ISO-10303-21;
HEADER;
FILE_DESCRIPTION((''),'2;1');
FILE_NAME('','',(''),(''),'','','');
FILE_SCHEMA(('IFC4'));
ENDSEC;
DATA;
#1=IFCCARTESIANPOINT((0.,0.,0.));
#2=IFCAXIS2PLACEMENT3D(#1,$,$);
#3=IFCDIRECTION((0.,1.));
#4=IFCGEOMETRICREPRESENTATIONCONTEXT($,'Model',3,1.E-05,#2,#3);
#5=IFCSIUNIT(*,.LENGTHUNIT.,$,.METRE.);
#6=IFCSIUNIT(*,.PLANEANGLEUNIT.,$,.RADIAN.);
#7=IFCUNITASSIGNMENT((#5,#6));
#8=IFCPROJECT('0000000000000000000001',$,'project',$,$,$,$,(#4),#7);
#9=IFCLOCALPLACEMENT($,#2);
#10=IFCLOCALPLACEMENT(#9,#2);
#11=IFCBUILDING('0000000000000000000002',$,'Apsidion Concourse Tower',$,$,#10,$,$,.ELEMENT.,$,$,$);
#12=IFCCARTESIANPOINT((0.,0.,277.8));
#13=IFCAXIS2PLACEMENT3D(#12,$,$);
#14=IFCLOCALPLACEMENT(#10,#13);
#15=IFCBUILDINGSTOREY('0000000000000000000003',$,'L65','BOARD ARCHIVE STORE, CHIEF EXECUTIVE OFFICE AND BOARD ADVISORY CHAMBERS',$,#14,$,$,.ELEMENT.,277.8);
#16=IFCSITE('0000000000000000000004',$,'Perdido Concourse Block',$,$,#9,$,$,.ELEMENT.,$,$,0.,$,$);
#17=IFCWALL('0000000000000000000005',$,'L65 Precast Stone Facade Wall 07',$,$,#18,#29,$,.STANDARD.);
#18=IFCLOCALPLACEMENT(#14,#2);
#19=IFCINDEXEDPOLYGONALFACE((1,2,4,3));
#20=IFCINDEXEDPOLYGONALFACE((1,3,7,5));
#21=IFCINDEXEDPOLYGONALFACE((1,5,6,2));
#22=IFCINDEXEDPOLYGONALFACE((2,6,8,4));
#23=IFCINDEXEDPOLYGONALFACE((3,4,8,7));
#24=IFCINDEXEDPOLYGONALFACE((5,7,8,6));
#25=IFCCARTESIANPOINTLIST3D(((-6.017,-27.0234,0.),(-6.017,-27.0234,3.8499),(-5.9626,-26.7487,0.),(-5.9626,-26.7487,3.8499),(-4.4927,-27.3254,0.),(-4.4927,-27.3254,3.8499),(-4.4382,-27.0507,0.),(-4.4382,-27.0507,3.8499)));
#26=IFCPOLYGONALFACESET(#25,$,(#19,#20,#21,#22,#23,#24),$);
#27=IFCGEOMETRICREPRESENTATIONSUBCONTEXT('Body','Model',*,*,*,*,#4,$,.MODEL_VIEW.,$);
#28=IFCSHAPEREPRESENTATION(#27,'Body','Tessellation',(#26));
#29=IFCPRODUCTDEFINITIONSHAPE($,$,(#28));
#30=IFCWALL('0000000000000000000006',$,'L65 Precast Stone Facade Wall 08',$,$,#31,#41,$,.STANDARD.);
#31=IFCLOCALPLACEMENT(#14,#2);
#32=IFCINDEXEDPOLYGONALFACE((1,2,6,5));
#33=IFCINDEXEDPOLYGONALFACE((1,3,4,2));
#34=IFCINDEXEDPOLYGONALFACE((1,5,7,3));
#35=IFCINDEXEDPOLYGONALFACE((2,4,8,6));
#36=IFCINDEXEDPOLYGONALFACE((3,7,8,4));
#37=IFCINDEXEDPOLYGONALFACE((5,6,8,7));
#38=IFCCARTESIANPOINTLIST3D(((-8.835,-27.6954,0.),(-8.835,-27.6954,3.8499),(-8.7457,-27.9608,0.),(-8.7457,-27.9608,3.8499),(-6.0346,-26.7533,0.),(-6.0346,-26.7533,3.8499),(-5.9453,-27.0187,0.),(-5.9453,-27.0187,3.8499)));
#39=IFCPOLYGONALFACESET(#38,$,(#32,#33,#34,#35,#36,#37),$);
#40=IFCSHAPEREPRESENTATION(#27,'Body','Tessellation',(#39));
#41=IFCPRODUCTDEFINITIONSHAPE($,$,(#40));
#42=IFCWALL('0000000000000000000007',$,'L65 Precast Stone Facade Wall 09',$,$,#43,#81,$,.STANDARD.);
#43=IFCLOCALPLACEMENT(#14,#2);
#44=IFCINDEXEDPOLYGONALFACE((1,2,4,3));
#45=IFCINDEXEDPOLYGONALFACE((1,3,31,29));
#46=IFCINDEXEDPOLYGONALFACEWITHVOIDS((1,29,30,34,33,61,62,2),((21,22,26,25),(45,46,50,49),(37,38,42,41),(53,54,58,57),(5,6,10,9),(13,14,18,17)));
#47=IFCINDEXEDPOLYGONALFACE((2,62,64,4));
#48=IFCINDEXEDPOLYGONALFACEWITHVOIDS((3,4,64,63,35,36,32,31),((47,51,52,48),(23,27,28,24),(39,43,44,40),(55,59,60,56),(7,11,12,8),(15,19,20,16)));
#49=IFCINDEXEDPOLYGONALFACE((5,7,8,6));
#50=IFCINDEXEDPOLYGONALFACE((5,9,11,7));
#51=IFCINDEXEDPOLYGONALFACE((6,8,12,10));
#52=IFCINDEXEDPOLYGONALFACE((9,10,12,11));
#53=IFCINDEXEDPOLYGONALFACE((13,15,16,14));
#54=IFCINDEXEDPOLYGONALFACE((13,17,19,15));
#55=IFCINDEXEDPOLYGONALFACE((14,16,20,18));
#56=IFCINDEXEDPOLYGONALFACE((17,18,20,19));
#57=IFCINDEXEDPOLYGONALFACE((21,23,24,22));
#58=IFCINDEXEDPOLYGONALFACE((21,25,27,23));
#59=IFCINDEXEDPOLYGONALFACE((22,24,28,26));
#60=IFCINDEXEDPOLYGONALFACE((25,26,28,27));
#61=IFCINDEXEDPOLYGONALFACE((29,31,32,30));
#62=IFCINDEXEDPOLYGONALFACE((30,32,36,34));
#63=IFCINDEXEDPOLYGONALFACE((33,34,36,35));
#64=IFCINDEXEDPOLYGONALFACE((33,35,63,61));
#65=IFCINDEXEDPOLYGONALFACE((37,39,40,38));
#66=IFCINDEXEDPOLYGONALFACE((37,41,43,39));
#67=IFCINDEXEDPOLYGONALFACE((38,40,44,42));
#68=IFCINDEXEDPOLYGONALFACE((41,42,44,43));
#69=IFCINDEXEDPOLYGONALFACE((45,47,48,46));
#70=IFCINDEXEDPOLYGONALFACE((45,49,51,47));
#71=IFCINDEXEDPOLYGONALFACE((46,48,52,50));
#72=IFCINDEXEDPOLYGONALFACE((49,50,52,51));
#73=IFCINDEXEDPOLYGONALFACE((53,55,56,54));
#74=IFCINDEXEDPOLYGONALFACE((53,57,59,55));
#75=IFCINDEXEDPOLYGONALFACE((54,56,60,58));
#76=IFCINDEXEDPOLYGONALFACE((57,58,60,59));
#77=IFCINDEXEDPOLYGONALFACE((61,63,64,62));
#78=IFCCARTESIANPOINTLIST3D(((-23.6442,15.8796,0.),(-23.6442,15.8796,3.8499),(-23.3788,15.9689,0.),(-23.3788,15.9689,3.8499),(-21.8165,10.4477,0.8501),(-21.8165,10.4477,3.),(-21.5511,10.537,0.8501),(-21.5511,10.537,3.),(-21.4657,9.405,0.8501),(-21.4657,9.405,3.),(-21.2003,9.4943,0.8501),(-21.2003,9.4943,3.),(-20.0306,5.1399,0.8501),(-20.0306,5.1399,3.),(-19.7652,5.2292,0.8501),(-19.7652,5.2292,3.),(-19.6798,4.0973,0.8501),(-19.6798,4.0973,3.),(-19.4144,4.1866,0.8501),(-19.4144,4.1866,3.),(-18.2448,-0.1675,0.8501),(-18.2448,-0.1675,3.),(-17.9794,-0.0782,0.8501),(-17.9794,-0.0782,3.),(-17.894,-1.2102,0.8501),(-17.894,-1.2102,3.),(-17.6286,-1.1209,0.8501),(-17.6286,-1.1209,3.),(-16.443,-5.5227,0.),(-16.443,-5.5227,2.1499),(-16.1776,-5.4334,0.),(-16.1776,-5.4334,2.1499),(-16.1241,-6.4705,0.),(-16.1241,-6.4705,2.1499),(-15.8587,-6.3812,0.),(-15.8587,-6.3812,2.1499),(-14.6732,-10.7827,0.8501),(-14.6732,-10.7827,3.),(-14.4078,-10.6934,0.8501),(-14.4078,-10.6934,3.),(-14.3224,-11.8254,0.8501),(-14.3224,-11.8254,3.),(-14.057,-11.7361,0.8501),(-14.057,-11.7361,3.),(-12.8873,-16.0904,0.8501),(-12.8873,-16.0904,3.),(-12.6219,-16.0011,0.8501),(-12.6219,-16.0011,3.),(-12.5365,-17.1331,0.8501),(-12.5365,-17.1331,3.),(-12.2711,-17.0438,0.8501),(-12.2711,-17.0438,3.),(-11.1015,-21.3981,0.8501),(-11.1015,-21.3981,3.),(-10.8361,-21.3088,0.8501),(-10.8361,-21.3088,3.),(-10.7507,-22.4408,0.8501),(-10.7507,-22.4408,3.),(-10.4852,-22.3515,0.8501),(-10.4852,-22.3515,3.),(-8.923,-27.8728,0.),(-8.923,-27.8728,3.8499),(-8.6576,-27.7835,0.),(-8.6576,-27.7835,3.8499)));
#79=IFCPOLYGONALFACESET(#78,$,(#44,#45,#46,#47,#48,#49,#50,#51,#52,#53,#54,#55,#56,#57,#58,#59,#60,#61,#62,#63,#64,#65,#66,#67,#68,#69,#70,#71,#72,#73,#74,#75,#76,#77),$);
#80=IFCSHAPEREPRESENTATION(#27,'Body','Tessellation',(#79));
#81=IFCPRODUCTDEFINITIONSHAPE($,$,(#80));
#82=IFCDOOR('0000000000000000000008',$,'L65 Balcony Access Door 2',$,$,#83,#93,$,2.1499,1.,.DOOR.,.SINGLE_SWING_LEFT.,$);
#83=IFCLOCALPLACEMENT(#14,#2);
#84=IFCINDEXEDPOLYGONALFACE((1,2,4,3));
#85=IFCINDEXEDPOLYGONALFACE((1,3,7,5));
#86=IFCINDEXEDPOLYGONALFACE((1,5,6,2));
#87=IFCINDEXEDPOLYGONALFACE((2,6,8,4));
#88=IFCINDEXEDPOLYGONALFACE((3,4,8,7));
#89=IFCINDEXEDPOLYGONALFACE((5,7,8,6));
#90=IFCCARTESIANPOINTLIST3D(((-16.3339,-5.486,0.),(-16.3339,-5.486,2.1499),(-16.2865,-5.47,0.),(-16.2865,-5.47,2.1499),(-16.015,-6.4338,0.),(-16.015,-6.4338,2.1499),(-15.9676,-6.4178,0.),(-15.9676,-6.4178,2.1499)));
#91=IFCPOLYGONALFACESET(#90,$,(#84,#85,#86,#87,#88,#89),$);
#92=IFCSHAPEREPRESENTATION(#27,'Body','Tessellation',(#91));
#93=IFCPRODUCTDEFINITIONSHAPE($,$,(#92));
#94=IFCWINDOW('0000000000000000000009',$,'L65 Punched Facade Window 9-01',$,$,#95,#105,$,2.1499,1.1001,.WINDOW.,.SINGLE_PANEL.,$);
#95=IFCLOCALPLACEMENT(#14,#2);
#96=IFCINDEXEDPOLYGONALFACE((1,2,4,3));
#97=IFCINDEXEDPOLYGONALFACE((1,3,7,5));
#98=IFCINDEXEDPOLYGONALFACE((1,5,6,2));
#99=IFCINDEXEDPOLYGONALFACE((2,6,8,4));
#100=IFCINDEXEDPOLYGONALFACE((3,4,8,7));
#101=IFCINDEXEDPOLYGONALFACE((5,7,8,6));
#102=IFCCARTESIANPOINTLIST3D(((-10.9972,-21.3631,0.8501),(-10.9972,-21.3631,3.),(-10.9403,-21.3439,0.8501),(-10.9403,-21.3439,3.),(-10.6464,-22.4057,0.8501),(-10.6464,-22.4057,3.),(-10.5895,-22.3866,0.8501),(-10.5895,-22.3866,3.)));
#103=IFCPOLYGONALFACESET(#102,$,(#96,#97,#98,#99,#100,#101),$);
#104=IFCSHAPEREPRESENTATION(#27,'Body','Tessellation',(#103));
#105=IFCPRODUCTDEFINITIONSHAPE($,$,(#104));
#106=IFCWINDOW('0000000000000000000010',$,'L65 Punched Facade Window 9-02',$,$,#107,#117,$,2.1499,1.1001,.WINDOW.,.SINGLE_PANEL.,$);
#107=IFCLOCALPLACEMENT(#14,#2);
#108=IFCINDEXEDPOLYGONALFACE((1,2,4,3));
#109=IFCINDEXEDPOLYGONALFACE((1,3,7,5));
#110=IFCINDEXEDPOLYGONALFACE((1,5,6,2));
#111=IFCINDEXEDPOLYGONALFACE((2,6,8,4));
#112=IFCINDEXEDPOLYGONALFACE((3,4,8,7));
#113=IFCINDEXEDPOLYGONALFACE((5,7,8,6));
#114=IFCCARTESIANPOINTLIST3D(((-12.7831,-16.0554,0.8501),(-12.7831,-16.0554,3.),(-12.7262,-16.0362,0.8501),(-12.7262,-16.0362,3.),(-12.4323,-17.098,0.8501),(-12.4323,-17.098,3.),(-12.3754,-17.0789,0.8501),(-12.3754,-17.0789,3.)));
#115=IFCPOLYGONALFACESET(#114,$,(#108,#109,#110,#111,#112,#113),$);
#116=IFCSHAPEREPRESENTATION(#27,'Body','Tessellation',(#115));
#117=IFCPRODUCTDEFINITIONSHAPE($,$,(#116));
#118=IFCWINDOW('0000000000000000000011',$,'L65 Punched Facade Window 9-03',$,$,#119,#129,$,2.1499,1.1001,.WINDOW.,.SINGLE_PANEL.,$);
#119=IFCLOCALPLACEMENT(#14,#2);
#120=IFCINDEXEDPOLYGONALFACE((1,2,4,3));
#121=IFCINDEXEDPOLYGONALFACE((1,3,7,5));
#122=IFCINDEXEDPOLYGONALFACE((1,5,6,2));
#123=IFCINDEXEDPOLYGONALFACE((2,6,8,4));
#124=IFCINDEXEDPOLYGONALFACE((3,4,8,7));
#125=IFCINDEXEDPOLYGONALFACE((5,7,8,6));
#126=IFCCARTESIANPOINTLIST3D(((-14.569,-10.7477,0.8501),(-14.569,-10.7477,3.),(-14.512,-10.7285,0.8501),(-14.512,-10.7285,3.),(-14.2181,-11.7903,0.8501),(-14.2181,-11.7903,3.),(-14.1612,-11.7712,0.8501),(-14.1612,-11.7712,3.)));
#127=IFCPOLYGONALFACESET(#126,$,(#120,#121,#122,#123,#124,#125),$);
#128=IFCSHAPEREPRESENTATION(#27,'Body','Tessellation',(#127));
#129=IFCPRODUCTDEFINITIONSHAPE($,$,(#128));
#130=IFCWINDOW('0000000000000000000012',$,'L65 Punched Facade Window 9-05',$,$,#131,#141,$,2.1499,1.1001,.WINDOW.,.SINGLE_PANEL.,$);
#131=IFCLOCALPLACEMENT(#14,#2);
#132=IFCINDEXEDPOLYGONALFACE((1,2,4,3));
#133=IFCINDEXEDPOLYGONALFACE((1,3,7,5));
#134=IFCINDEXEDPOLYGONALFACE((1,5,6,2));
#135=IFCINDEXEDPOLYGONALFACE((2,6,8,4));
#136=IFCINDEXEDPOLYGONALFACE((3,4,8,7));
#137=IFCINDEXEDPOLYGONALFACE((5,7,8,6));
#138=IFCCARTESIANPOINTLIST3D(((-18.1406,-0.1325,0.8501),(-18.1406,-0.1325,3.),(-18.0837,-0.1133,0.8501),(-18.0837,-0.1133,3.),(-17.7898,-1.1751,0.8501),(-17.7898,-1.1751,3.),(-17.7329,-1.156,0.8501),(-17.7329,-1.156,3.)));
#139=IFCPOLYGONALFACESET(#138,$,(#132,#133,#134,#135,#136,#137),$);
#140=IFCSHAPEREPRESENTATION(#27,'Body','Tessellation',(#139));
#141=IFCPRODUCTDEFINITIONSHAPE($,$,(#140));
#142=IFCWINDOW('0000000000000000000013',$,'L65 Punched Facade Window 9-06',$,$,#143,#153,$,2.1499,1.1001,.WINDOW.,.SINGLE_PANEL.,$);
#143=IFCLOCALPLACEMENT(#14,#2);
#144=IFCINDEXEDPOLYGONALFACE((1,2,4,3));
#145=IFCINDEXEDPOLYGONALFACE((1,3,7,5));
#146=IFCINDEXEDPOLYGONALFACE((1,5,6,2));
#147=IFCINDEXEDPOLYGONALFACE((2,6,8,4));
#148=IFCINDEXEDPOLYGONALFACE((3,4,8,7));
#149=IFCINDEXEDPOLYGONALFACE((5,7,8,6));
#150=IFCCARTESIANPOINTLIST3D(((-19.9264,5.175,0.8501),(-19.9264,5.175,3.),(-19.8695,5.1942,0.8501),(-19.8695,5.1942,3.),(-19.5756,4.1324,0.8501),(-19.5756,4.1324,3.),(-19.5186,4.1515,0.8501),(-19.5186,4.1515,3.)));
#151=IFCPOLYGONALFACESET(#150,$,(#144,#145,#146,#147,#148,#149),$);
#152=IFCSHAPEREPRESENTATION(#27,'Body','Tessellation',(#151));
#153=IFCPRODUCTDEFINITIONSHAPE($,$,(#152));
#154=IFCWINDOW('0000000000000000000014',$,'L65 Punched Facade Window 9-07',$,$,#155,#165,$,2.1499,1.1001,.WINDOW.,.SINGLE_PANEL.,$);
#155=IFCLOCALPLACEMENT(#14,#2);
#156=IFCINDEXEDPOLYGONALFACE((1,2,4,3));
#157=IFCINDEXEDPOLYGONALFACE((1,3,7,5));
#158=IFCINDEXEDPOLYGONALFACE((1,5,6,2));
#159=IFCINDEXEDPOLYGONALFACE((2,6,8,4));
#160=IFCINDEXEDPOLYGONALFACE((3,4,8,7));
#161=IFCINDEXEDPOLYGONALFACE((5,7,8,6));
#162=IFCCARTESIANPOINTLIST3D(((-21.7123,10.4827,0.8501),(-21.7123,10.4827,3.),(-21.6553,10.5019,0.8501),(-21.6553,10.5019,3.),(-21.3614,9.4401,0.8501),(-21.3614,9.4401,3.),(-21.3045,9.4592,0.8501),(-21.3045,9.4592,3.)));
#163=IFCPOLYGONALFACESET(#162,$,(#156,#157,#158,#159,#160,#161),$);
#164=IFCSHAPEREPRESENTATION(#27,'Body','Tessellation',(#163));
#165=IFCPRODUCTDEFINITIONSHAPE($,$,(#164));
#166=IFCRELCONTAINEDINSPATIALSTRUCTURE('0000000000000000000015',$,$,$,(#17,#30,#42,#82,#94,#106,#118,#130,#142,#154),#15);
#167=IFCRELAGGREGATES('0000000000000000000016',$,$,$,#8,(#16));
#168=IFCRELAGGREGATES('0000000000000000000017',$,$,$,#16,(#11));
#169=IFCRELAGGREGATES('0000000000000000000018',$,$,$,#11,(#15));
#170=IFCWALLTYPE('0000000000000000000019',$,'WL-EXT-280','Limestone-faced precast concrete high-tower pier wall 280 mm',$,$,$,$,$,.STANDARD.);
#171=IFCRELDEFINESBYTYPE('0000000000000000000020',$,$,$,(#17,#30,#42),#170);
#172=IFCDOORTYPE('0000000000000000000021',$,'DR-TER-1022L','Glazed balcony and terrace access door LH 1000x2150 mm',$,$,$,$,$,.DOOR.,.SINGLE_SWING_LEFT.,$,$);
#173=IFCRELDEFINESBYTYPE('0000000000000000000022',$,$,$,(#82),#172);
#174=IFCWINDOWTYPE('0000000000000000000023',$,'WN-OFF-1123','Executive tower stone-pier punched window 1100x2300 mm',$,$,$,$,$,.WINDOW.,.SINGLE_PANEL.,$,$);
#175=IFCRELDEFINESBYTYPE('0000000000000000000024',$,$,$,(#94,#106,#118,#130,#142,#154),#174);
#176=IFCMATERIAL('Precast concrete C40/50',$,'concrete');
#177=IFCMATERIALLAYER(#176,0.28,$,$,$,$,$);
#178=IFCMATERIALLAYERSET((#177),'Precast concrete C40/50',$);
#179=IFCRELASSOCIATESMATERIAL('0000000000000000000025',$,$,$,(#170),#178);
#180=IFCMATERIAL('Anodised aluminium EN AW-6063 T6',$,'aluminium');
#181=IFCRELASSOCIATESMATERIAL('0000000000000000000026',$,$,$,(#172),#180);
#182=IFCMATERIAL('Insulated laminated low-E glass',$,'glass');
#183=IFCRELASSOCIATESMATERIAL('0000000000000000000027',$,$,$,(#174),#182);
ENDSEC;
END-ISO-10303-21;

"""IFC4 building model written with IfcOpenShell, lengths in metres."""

from ifc_helpers import new_model, si_unit, direction, frame, frame_2d, origin, place, context, subcontext, project, spatial, rectangle, extrude, material, layer, layer_set, type_object, element, fill, save


model = new_model("IFC4")

# Units and contexts
model_context = context("Model", 3, precision=1e-05, world=origin(), true_north=direction((0.0, 1.0)))
body_context = subcontext(model_context, "Body", "Model", "MODEL_VIEW")
ifc_project = project(units=[si_unit("LENGTHUNIT", "METRE"), si_unit("PLANEANGLEUNIT", "RADIAN")], contexts=[model_context])

# Site, building, storey
site_placement = place(None, origin())
site = spatial("IfcSite", under=ifc_project, at=site_placement, Name="Perdido Concourse Block", CompositionType="ELEMENT", RefElevation=0.0)
building_placement = place(site_placement, origin())
building = spatial("IfcBuilding", under=site, at=building_placement, Name="Apsidion Concourse Tower", CompositionType="ELEMENT")
storey_placement = place(building_placement, frame((0.0, 0.0, 277.8)))
storey = spatial("IfcBuildingStorey", under=building, at=storey_placement, Name="L65", Description="BOARD ARCHIVE STORE, CHIEF EXECUTIVE OFFICE AND BOARD ADVISORY CHAMBERS", CompositionType="ELEMENT", Elevation=277.8)

# Walls
ifc_material_1 = material(Name="Precast concrete C40/50", Category="concrete")
ifc_layer_1 = layer(ifc_material_1, 0.28)
ifc_layer_set_1 = layer_set([ifc_layer_1], Name="Precast concrete C40/50")
wall_type_1 = type_object("IfcWallType", Name="WL-EXT-280", Description="Limestone-faced precast concrete high-tower pier wall 280 mm", PredefinedType="STANDARD", material=ifc_layer_set_1)
wall_1_placement = place(storey_placement, frame((-4.4656, -27.188, 0.0), z_axis=(0.0, 0.0, 1.0), x_axis=(-0.980936, 0.194333, 0.0)))
element("IfcWall", 1, at=wall_1_placement, inside=storey, type_object=wall_type_1, Name="L65 Precast Stone Facade Wall 07", PredefinedType="STANDARD", context=body_context, shape_type="SweptSolid", body=[
    extrude(rectangle(XDim=1.554, YDim=0.28, at=frame_2d((0.7769, 0.0))), origin(), (0.0, 0.0, 1.0), 3.8499),
])
wall_2_placement = place(storey_placement, frame((-5.99, -26.886, 0.0), z_axis=(0.0, 0.0, 1.0), x_axis=(-0.947795, -0.318879, 0.0)))
element("IfcWall", 2, at=wall_2_placement, inside=storey, type_object=wall_type_1, Name="L65 Precast Stone Facade Wall 08", PredefinedType="STANDARD", context=body_context, shape_type="SweptSolid", body=[
    extrude(rectangle(XDim=2.9546, YDim=0.28, at=frame_2d((1.4773, 0.0))), origin(), (0.0, 0.0, 1.0), 3.8499),
])

# Wall, openings, door, windows
wall_3_placement = place(storey_placement, frame((-8.7903, -27.8281, 0.0), z_axis=(0.0, 0.0, 1.0), x_axis=(-0.318898, 0.947789, 0.0)))
wall_3 = element("IfcWall", 3, at=wall_3_placement, inside=storey, type_object=wall_type_1, Name="L65 Precast Stone Facade Wall 09", PredefinedType="STANDARD", context=body_context, shape_type="SweptSolid", body=[
    extrude(rectangle(XDim=46.1626, YDim=0.28, at=frame_2d((23.0813, 0.0))), origin(), (0.0, 0.0, 1.0), 3.8499),
])
opening_1_placement = place(wall_3_placement, frame((22.5813, 0.0, 0.0)))
opening_1 = element("IfcOpeningElement", 4, at=opening_1_placement, cuts=wall_3, PredefinedType="OPENING", context=body_context, shape_type="SweptSolid", body=[
    extrude(rectangle(XDim=1.0, YDim=2.1499, at=frame_2d((0.5, 1.075))), frame((0.0, 0.1499, 0.0), z_axis=(0.0, -1.0, 0.0), x_axis=(1.0, 0.0, 0.0)), (0.0, 0.0, 1.0), 0.3),
])
opening_2_placement = place(wall_3_placement, frame((5.7312, 0.0, 0.8501)))
opening_2 = element("IfcOpeningElement", 5, at=opening_2_placement, cuts=wall_3, PredefinedType="OPENING", context=body_context, shape_type="SweptSolid", body=[
    extrude(rectangle(XDim=1.1001, YDim=2.1499, at=frame_2d((0.55, 1.075))), frame((0.0, 0.1499, 0.0), z_axis=(0.0, -1.0, 0.0), x_axis=(1.0, 0.0, 0.0)), (0.0, 0.0, 1.0), 0.3),
])
opening_3_placement = place(wall_3_placement, frame((11.3313, 0.0, 0.8501)))
opening_3 = element("IfcOpeningElement", 6, at=opening_3_placement, cuts=wall_3, PredefinedType="OPENING", context=body_context, shape_type="SweptSolid", body=[
    extrude(rectangle(XDim=1.1001, YDim=2.1499, at=frame_2d((0.55, 1.075))), frame((0.0, 0.1499, 0.0), z_axis=(0.0, -1.0, 0.0), x_axis=(1.0, 0.0, 0.0)), (0.0, 0.0, 1.0), 0.3),
])
opening_4_placement = place(wall_3_placement, frame((16.9314, 0.0, 0.8501)))
opening_4 = element("IfcOpeningElement", 7, at=opening_4_placement, cuts=wall_3, PredefinedType="OPENING", context=body_context, shape_type="SweptSolid", body=[
    extrude(rectangle(XDim=1.1001, YDim=2.1499, at=frame_2d((0.55, 1.075))), frame((0.0, 0.1499, 0.0), z_axis=(0.0, -1.0, 0.0), x_axis=(1.0, 0.0, 0.0)), (0.0, 0.0, 1.0), 0.3),
])
opening_5_placement = place(wall_3_placement, frame((28.1313, 0.0, 0.8501)))
opening_5 = element("IfcOpeningElement", 8, at=opening_5_placement, cuts=wall_3, PredefinedType="OPENING", context=body_context, shape_type="SweptSolid", body=[
    extrude(rectangle(XDim=1.1001, YDim=2.1499, at=frame_2d((0.55, 1.075))), frame((0.0, 0.1499, 0.0), z_axis=(0.0, -1.0, 0.0), x_axis=(1.0, 0.0, 0.0)), (0.0, 0.0, 1.0), 0.3),
])
opening_6_placement = place(wall_3_placement, frame((33.7312, 0.0, 0.8501)))
opening_6 = element("IfcOpeningElement", 9, at=opening_6_placement, cuts=wall_3, PredefinedType="OPENING", context=body_context, shape_type="SweptSolid", body=[
    extrude(rectangle(XDim=1.1001, YDim=2.1499, at=frame_2d((0.55, 1.075))), frame((0.0, 0.1499, 0.0), z_axis=(0.0, -1.0, 0.0), x_axis=(1.0, 0.0, 0.0)), (0.0, 0.0, 1.0), 0.3),
])
opening_7_placement = place(wall_3_placement, frame((39.3313, 0.0, 0.8501)))
opening_7 = element("IfcOpeningElement", 10, at=opening_7_placement, cuts=wall_3, PredefinedType="OPENING", context=body_context, shape_type="SweptSolid", body=[
    extrude(rectangle(XDim=1.1001, YDim=2.1499, at=frame_2d((0.55, 1.075))), frame((0.0, 0.1499, 0.0), z_axis=(0.0, -1.0, 0.0), x_axis=(1.0, 0.0, 0.0)), (0.0, 0.0, 1.0), 0.3),
])
ifc_material_2 = material(Name="Anodised aluminium EN AW-6063 T6", Category="aluminium")
door_type_1 = type_object("IfcDoorType", Name="DR-TER-1022L", Description="Glazed balcony and terrace access door LH 1000x2150 mm", OperationType="SINGLE_SWING_LEFT", PredefinedType="DOOR", material=ifc_material_2)
door_1_placement = place(opening_1_placement, origin())
door_1 = element("IfcDoor", 11, at=door_1_placement, inside=storey, type_object=door_type_1, Name="L65 Balcony Access Door 2", OperationType="SINGLE_SWING_LEFT", OverallHeight=2.1499, OverallWidth=1.0, PredefinedType="DOOR", context=body_context, shape_type="SweptSolid", body=[
    extrude(rectangle(XDim=1.0, YDim=2.1499, at=frame_2d((0.5, 1.075))), frame((0.0, 0.0249, 0.0), z_axis=(0.0, -1.0, 0.0), x_axis=(1.0, 0.0, 0.0)), (0.0, 0.0, 1.0), 0.05),
])
fill(opening_1, door_1)
ifc_material_3 = material(Name="Insulated laminated low-E glass", Category="glass")
window_type = type_object("IfcWindowType", Name="WN-OFF-1123", Description="Executive tower stone-pier punched window 1100x2300 mm", PartitioningType="SINGLE_PANEL", PredefinedType="WINDOW", material=ifc_material_3)
window_1_placement = place(opening_2_placement, origin())
window_1 = element("IfcWindow", 12, at=window_1_placement, inside=storey, type_object=window_type, Name="L65 Punched Facade Window 9-01", OverallHeight=2.1499, OverallWidth=1.1001, PartitioningType="SINGLE_PANEL", PredefinedType="WINDOW", context=body_context, shape_type="SweptSolid", body=[
    extrude(rectangle(XDim=1.1001, YDim=2.1499, at=frame_2d((0.55, 1.075))), frame((0.0, 0.03, 0.0), z_axis=(0.0, -1.0, 0.0), x_axis=(1.0, 0.0, 0.0)), (0.0, 0.0, 1.0), 0.0601),
])
fill(opening_2, window_1)
window_2_placement = place(opening_3_placement, origin())
window_2 = element("IfcWindow", 13, at=window_2_placement, inside=storey, type_object=window_type, Name="L65 Punched Facade Window 9-02", OverallHeight=2.1499, OverallWidth=1.1001, PartitioningType="SINGLE_PANEL", PredefinedType="WINDOW", context=body_context, shape_type="SweptSolid", body=[
    extrude(rectangle(XDim=1.1001, YDim=2.1499, at=frame_2d((0.55, 1.075))), frame((0.0, 0.03, 0.0), z_axis=(0.0, -1.0, 0.0), x_axis=(1.0, 0.0, 0.0)), (0.0, 0.0, 1.0), 0.0601),
])
fill(opening_3, window_2)
window_3_placement = place(opening_4_placement, origin())
window_3 = element("IfcWindow", 14, at=window_3_placement, inside=storey, type_object=window_type, Name="L65 Punched Facade Window 9-03", OverallHeight=2.1499, OverallWidth=1.1001, PartitioningType="SINGLE_PANEL", PredefinedType="WINDOW", context=body_context, shape_type="SweptSolid", body=[
    extrude(rectangle(XDim=1.1001, YDim=2.1499, at=frame_2d((0.55, 1.075))), frame((0.0, 0.03, 0.0), z_axis=(0.0, -1.0, 0.0), x_axis=(1.0, 0.0, 0.0)), (0.0, 0.0, 1.0), 0.0601),
])
fill(opening_4, window_3)
window_4_placement = place(opening_5_placement, origin())
window_4 = element("IfcWindow", 15, at=window_4_placement, inside=storey, type_object=window_type, Name="L65 Punched Facade Window 9-05", OverallHeight=2.1499, OverallWidth=1.1001, PartitioningType="SINGLE_PANEL", PredefinedType="WINDOW", context=body_context, shape_type="SweptSolid", body=[
    extrude(rectangle(XDim=1.1001, YDim=2.1499, at=frame_2d((0.55, 1.075))), frame((0.0, 0.03, 0.0), z_axis=(0.0, -1.0, 0.0), x_axis=(1.0, 0.0, 0.0)), (0.0, 0.0, 1.0), 0.0601),
])
fill(opening_5, window_4)
window_5_placement = place(opening_6_placement, origin())
window_5 = element("IfcWindow", 16, at=window_5_placement, inside=storey, type_object=window_type, Name="L65 Punched Facade Window 9-06", OverallHeight=2.1499, OverallWidth=1.1001, PartitioningType="SINGLE_PANEL", PredefinedType="WINDOW", context=body_context, shape_type="SweptSolid", body=[
    extrude(rectangle(XDim=1.1001, YDim=2.1499, at=frame_2d((0.55, 1.075))), frame((0.0, 0.03, 0.0), z_axis=(0.0, -1.0, 0.0), x_axis=(1.0, 0.0, 0.0)), (0.0, 0.0, 1.0), 0.0601),
])
fill(opening_6, window_5)
window_6_placement = place(opening_7_placement, origin())
window_6 = element("IfcWindow", 17, at=window_6_placement, inside=storey, type_object=window_type, Name="L65 Punched Facade Window 9-07", OverallHeight=2.1499, OverallWidth=1.1001, PartitioningType="SINGLE_PANEL", PredefinedType="WINDOW", context=body_context, shape_type="SweptSolid", body=[
    extrude(rectangle(XDim=1.1001, YDim=2.1499, at=frame_2d((0.55, 1.075))), frame((0.0, 0.03, 0.0), z_axis=(0.0, -1.0, 0.0), x_axis=(1.0, 0.0, 0.0)), (0.0, 0.0, 1.0), 0.0601),
])
fill(opening_7, window_6)

save(model, "model.ifc")
